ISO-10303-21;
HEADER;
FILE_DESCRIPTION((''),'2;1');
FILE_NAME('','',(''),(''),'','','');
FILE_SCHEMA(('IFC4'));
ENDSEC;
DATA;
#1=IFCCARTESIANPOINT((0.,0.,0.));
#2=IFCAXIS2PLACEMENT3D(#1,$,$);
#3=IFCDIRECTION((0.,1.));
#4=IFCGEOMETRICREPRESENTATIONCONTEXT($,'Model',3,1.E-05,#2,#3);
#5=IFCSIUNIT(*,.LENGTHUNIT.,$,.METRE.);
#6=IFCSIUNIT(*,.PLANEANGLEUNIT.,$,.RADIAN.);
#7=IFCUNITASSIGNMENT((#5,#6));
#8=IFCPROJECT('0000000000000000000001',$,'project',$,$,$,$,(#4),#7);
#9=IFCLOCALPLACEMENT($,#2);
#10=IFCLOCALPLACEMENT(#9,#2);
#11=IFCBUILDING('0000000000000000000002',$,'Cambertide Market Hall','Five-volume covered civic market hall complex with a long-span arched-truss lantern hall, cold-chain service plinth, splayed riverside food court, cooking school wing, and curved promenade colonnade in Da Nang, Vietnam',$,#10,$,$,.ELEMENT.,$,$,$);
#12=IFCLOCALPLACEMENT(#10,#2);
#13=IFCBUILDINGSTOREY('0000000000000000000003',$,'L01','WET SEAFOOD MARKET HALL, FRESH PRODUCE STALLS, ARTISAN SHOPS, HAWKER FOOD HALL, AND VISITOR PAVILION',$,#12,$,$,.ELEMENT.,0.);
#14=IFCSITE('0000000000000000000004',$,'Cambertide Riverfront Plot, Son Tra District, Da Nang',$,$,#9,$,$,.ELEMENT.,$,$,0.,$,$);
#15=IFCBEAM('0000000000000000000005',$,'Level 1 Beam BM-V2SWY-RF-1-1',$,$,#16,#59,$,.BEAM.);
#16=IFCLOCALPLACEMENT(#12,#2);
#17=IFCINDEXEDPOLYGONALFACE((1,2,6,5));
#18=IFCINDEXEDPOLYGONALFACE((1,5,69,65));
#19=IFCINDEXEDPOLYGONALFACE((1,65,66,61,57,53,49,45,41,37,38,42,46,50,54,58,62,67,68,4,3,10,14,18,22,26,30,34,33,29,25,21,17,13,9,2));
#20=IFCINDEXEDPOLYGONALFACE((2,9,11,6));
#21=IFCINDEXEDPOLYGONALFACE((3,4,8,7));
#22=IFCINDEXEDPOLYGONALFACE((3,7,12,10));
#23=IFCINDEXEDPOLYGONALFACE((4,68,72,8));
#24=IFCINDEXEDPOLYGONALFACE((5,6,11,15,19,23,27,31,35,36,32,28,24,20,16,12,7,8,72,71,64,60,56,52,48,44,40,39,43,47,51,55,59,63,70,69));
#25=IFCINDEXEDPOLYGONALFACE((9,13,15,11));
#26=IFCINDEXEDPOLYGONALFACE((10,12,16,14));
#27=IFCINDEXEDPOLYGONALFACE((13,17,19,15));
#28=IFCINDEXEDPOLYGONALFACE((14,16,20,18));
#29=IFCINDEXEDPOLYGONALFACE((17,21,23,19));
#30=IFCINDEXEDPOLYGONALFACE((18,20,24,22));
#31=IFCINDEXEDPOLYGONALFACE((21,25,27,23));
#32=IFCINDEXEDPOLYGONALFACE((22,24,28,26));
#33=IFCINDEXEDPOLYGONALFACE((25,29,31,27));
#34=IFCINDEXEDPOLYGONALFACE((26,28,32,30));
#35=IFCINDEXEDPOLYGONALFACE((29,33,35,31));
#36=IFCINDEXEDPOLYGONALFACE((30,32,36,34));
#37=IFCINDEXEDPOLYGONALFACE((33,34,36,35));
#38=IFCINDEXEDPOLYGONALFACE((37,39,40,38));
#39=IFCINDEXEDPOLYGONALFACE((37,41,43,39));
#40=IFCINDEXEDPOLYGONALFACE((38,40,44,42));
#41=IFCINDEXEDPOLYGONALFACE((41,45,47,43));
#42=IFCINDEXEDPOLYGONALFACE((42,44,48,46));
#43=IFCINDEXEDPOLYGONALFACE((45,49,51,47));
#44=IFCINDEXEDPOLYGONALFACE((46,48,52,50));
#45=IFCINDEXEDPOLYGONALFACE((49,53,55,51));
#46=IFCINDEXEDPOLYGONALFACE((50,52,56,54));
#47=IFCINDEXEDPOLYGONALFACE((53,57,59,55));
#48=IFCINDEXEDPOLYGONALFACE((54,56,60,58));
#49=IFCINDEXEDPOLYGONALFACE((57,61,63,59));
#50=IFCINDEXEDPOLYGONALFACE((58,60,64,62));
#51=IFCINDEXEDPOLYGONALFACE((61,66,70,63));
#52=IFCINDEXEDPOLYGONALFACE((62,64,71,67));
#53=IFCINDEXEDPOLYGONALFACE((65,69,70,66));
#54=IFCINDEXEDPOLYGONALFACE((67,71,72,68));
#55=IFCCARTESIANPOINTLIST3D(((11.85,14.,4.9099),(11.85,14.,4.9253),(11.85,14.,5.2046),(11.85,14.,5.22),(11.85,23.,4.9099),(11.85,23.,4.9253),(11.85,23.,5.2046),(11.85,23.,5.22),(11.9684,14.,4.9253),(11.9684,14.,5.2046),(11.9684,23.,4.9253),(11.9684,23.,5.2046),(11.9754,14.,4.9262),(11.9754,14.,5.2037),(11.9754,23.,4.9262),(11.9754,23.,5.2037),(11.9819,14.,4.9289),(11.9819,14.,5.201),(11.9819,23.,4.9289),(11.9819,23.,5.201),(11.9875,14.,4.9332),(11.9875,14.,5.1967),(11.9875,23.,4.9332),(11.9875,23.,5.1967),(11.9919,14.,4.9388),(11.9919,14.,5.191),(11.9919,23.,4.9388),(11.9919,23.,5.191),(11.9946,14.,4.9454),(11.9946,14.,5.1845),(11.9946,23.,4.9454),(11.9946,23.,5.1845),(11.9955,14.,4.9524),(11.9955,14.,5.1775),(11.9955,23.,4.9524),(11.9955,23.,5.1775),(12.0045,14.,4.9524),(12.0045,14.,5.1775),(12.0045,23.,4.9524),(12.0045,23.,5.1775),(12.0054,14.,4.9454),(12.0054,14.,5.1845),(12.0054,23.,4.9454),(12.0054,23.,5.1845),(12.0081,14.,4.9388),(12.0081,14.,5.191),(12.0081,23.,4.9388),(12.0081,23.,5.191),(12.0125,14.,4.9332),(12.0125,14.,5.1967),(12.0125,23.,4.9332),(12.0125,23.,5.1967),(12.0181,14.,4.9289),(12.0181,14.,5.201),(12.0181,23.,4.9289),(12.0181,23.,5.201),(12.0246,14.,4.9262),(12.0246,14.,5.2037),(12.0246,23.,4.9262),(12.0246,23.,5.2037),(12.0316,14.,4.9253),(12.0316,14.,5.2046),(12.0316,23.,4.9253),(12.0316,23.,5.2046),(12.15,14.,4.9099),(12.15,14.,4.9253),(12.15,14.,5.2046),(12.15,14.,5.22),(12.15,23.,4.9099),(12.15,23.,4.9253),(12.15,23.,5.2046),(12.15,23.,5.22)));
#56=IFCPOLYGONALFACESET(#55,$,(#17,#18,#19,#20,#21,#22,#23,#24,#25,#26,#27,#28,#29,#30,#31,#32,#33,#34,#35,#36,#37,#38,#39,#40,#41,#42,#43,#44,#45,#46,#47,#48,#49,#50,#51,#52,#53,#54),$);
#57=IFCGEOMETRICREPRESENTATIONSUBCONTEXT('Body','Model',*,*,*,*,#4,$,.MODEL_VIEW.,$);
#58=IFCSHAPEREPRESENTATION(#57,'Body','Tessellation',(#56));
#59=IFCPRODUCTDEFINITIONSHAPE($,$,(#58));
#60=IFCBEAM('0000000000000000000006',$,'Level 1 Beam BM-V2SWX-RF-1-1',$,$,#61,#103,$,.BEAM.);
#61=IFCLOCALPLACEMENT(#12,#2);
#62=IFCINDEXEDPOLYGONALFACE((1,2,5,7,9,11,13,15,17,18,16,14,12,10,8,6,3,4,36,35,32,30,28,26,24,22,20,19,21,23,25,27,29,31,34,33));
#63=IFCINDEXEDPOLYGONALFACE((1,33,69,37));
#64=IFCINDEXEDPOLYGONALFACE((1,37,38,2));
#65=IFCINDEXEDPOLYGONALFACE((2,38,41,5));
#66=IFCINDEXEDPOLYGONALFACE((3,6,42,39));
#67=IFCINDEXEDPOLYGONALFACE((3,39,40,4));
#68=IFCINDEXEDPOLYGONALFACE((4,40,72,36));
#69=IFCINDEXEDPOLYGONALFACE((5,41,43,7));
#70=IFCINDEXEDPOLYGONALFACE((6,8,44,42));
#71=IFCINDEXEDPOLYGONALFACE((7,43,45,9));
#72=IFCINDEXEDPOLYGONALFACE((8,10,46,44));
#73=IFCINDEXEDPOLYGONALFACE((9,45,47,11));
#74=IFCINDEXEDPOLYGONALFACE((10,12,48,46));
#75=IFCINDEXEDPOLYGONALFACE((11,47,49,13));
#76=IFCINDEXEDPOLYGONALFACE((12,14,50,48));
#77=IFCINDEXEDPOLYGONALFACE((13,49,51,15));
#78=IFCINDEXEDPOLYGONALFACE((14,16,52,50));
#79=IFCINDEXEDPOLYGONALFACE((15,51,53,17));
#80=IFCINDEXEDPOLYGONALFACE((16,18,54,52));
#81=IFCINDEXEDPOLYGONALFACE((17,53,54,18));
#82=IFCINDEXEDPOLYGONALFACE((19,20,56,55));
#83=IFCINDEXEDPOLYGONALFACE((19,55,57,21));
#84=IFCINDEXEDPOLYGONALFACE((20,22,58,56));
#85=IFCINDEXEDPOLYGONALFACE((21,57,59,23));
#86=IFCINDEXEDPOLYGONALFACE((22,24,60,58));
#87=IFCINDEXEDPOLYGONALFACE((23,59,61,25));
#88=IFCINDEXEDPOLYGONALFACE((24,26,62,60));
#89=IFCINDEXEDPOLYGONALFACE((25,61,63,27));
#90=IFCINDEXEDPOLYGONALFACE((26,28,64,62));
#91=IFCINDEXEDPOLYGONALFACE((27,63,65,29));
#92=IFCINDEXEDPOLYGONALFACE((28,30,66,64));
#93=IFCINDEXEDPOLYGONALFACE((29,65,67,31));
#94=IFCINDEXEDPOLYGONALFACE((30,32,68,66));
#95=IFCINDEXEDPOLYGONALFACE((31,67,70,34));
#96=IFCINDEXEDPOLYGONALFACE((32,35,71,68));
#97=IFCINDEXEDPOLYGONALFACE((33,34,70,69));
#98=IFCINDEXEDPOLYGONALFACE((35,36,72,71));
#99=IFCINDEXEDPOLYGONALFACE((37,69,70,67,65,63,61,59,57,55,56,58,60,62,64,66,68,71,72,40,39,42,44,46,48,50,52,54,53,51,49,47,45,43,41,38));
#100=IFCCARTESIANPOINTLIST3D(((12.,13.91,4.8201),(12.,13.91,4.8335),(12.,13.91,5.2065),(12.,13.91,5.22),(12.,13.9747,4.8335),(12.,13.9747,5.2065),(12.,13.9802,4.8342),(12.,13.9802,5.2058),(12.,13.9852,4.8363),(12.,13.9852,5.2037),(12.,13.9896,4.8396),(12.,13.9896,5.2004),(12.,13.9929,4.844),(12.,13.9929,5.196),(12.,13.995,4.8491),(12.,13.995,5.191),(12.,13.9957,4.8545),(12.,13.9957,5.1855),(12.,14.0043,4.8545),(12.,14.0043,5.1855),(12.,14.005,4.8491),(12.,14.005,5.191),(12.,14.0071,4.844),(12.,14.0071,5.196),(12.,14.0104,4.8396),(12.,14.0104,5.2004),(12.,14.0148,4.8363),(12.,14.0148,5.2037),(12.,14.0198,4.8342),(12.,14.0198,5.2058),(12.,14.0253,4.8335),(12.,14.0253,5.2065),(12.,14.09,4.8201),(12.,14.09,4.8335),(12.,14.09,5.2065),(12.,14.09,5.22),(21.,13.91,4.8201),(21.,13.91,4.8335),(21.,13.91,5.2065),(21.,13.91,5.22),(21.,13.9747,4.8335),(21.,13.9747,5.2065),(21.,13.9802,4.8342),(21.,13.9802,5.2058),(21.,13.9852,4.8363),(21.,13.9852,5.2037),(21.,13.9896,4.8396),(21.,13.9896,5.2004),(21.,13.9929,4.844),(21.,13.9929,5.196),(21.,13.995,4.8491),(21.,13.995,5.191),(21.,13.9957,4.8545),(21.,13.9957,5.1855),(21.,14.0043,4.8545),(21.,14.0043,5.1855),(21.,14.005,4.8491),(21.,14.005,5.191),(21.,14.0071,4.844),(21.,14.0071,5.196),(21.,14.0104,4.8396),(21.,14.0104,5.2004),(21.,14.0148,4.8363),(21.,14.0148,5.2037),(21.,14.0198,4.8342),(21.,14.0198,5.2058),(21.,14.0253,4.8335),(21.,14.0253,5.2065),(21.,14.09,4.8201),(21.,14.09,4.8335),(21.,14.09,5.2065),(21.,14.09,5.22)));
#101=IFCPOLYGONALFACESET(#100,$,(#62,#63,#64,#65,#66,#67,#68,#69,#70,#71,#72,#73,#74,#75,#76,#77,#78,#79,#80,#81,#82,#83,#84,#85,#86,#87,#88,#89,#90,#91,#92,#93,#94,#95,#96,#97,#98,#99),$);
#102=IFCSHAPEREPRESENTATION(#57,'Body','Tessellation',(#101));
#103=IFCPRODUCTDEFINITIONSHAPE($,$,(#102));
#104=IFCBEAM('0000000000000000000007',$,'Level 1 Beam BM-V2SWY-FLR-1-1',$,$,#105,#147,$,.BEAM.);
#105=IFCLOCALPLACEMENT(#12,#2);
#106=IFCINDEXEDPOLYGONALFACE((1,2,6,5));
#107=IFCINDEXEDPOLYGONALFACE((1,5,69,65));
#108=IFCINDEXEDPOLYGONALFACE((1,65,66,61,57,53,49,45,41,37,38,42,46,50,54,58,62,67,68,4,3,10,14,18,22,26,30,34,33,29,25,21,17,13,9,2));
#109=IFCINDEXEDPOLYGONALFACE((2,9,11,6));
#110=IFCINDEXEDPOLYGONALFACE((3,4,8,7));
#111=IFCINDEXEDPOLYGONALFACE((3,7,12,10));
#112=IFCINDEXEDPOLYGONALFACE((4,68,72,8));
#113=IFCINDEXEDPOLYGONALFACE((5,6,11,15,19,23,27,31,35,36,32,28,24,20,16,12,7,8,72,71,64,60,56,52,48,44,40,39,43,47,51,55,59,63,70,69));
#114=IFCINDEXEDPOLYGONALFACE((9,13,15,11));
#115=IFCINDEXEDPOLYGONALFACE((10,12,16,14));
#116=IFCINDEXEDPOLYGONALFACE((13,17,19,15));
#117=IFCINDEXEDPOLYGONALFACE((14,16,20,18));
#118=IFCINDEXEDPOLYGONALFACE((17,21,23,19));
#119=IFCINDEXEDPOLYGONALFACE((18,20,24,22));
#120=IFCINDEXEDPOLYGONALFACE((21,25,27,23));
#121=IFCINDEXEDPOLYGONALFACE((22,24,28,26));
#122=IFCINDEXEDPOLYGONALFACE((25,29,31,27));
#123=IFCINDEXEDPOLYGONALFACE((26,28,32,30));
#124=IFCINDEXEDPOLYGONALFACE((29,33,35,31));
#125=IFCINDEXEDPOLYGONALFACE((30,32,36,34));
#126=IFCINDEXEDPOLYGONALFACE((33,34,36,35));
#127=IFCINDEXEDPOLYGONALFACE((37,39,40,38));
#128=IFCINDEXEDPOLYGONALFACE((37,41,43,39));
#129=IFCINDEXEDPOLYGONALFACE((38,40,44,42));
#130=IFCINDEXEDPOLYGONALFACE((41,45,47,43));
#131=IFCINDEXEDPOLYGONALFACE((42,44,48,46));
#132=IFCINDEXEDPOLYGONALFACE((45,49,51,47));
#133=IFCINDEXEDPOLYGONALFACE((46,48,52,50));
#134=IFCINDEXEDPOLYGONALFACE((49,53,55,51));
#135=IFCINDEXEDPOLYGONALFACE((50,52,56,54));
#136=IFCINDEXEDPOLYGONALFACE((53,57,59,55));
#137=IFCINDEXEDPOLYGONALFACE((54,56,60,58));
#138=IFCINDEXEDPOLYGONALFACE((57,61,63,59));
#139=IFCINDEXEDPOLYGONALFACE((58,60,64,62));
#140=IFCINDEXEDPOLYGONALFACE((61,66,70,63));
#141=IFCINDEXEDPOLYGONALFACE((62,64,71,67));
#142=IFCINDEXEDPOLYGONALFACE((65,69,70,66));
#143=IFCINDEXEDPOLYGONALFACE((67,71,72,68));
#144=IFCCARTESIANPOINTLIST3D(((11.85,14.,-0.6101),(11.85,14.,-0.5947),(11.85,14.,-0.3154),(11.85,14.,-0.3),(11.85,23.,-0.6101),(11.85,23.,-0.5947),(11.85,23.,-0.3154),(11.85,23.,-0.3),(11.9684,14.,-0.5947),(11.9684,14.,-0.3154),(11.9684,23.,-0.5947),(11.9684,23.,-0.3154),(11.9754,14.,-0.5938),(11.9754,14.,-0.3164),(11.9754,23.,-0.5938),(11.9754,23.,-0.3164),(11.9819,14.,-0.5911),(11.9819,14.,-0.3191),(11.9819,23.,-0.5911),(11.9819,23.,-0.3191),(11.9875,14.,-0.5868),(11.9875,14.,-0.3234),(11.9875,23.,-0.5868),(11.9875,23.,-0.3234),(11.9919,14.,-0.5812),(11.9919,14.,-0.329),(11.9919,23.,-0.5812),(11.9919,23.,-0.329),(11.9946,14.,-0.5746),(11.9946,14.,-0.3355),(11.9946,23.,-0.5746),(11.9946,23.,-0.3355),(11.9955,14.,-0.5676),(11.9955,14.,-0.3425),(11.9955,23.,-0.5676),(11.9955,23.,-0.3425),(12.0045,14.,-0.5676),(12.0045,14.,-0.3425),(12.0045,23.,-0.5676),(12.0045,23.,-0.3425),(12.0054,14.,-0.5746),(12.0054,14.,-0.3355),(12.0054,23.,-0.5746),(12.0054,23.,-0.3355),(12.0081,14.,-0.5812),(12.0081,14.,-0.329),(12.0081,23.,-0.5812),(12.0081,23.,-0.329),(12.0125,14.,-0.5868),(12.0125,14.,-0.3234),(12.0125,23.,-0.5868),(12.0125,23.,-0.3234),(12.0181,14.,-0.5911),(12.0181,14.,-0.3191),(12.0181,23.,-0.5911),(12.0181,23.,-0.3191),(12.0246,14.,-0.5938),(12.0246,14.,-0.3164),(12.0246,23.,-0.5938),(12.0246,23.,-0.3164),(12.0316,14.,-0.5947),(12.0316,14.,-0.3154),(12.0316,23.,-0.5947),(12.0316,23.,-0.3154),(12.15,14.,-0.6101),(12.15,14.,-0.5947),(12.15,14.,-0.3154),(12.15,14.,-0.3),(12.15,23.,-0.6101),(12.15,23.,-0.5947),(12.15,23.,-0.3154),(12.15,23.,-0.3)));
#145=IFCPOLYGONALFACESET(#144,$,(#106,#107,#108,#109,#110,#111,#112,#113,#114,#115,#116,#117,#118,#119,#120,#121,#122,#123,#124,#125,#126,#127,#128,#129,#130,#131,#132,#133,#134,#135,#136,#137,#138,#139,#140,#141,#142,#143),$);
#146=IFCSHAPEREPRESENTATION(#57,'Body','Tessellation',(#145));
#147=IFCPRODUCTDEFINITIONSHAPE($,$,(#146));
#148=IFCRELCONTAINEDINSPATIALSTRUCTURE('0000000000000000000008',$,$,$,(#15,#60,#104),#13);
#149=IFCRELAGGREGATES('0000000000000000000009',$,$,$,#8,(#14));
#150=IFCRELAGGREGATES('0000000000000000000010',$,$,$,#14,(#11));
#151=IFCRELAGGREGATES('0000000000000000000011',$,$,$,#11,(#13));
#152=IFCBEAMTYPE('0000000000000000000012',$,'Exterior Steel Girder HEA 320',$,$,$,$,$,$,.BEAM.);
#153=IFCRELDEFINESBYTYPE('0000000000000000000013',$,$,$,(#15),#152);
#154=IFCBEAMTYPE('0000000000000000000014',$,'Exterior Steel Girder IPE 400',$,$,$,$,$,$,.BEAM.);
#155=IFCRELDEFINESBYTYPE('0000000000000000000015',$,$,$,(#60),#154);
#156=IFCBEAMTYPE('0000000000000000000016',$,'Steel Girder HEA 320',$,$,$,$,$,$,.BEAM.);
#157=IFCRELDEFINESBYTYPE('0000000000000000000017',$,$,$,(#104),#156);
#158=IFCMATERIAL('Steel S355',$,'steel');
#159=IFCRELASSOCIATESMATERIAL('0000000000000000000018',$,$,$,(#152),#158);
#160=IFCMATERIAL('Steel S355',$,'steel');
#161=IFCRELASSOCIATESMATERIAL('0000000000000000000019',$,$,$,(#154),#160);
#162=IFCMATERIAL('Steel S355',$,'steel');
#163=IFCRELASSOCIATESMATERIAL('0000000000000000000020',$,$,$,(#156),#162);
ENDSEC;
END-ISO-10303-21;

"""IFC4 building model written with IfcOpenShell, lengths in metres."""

from ifc_helpers import new_model, si_unit, direction, frame, origin, origin_2d, place, context, subcontext, project, spatial, i_section, extrude, material, material_profile, profile_set, type_object, element, save


model = new_model("IFC4")

# Units and contexts
model_context = context("Model", 3, precision=1e-05, world=origin(), true_north=direction((0.0, 1.0)))
body_context = subcontext(model_context, "Body", "Model", "MODEL_VIEW")
ifc_project = project(units=[si_unit("LENGTHUNIT", "METRE"), si_unit("PLANEANGLEUNIT", "RADIAN")], contexts=[model_context])

# Site, building, storey
site_placement = place(None, origin())
site = spatial("IfcSite", under=ifc_project, at=site_placement, Name="Cambertide Riverfront Plot, Son Tra District, Da Nang", CompositionType="ELEMENT", RefElevation=0.0)
building_placement = place(site_placement, origin())
building = spatial("IfcBuilding", under=site, at=building_placement, Name="Cambertide Market Hall", Description="Five-volume covered civic market hall complex with a long-span arched-truss lantern hall, cold-chain service plinth, splayed riverside food court, cooking school wing, and curved promenade colonnade in Da Nang, Vietnam", CompositionType="ELEMENT")
storey_placement = place(building_placement, origin())
storey = spatial("IfcBuildingStorey", under=building, at=storey_placement, Name="L01", Description="WET SEAFOOD MARKET HALL, FRESH PRODUCE STALLS, ARTISAN SHOPS, HAWKER FOOD HALL, AND VISITOR PAVILION", CompositionType="ELEMENT", Elevation=0.0)

# Beams
ifc_material_1 = material(Name="Steel S355", Category="steel")
ifc_material_profile_1 = material_profile(ifc_material_1, i_section(OverallWidth=0.3, OverallDepth=0.3101, WebThickness=0.009, FlangeThickness=0.0154, FilletRadius=0.0271, at=origin_2d()), Name="HEA 320")
ifc_profile_set_1 = profile_set([ifc_material_profile_1], Name="Steel S355")
beam_type_1 = type_object("IfcBeamType", Name="Exterior Steel Girder HEA 320", PredefinedType="BEAM", material=ifc_profile_set_1)
beam_1_placement = place(storey_placement, frame((12.0, 14.0, 5.0649), z_axis=(0.0, 1.0, 0.0), x_axis=(-1.0, 0.0, 0.0)))
element("IfcBeam", 1, at=beam_1_placement, inside=storey, type_object=beam_type_1, Name="Level 1 Beam BM-V2SWY-RF-1-1", PredefinedType="BEAM", context=body_context, shape_type="SweptSolid", body=[
    extrude(i_section(OverallWidth=0.3, OverallDepth=0.3101, WebThickness=0.009, FlangeThickness=0.0154, FilletRadius=0.0271, at=origin_2d()), origin(), (0.0, 0.0, 1.0), 9.0),
])
ifc_material_2 = material(Name="Steel S355", Category="steel")
ifc_material_profile_2 = material_profile(ifc_material_2, i_section(OverallWidth=0.1799, OverallDepth=0.3999, WebThickness=0.0085, FlangeThickness=0.0134, FilletRadius=0.021, at=origin_2d()), Name="IPE 400")
ifc_profile_set_2 = profile_set([ifc_material_profile_2], Name="Steel S355")
beam_type_2 = type_object("IfcBeamType", Name="Exterior Steel Girder IPE 400", PredefinedType="BEAM", material=ifc_profile_set_2)
beam_2_placement = place(storey_placement, frame((12.0, 14.0, 5.02), z_axis=(1.0, 0.0, 0.0), x_axis=(0.0, 1.0, 0.0)))
element("IfcBeam", 2, at=beam_2_placement, inside=storey, type_object=beam_type_2, Name="Level 1 Beam BM-V2SWX-RF-1-1", PredefinedType="BEAM", context=body_context, shape_type="SweptSolid", body=[
    extrude(i_section(OverallWidth=0.1799, OverallDepth=0.3999, WebThickness=0.0085, FlangeThickness=0.0134, FilletRadius=0.021, at=origin_2d()), origin(), (0.0, 0.0, 1.0), 9.0),
])
ifc_material_3 = material(Name="Steel S355", Category="steel")
ifc_material_profile_3 = material_profile(ifc_material_3, i_section(OverallWidth=0.3, OverallDepth=0.3101, WebThickness=0.009, FlangeThickness=0.0154, FilletRadius=0.0271, at=origin_2d()), Name="HEA 320")
ifc_profile_set_3 = profile_set([ifc_material_profile_3], Name="Steel S355")
beam_type_3 = type_object("IfcBeamType", Name="Steel Girder HEA 320", PredefinedType="BEAM", material=ifc_profile_set_3)
beam_3_placement = place(storey_placement, frame((12.0, 14.0, -0.4551), z_axis=(0.0, 1.0, 0.0), x_axis=(-1.0, 0.0, 0.0)))
element("IfcBeam", 3, at=beam_3_placement, inside=storey, type_object=beam_type_3, Name="Level 1 Beam BM-V2SWY-FLR-1-1", PredefinedType="BEAM", context=body_context, shape_type="SweptSolid", body=[
    extrude(i_section(OverallWidth=0.3, OverallDepth=0.3101, WebThickness=0.009, FlangeThickness=0.0154, FilletRadius=0.0271, at=origin_2d()), origin(), (0.0, 0.0, 1.0), 9.0),
])

save(model, "model.ifc")
